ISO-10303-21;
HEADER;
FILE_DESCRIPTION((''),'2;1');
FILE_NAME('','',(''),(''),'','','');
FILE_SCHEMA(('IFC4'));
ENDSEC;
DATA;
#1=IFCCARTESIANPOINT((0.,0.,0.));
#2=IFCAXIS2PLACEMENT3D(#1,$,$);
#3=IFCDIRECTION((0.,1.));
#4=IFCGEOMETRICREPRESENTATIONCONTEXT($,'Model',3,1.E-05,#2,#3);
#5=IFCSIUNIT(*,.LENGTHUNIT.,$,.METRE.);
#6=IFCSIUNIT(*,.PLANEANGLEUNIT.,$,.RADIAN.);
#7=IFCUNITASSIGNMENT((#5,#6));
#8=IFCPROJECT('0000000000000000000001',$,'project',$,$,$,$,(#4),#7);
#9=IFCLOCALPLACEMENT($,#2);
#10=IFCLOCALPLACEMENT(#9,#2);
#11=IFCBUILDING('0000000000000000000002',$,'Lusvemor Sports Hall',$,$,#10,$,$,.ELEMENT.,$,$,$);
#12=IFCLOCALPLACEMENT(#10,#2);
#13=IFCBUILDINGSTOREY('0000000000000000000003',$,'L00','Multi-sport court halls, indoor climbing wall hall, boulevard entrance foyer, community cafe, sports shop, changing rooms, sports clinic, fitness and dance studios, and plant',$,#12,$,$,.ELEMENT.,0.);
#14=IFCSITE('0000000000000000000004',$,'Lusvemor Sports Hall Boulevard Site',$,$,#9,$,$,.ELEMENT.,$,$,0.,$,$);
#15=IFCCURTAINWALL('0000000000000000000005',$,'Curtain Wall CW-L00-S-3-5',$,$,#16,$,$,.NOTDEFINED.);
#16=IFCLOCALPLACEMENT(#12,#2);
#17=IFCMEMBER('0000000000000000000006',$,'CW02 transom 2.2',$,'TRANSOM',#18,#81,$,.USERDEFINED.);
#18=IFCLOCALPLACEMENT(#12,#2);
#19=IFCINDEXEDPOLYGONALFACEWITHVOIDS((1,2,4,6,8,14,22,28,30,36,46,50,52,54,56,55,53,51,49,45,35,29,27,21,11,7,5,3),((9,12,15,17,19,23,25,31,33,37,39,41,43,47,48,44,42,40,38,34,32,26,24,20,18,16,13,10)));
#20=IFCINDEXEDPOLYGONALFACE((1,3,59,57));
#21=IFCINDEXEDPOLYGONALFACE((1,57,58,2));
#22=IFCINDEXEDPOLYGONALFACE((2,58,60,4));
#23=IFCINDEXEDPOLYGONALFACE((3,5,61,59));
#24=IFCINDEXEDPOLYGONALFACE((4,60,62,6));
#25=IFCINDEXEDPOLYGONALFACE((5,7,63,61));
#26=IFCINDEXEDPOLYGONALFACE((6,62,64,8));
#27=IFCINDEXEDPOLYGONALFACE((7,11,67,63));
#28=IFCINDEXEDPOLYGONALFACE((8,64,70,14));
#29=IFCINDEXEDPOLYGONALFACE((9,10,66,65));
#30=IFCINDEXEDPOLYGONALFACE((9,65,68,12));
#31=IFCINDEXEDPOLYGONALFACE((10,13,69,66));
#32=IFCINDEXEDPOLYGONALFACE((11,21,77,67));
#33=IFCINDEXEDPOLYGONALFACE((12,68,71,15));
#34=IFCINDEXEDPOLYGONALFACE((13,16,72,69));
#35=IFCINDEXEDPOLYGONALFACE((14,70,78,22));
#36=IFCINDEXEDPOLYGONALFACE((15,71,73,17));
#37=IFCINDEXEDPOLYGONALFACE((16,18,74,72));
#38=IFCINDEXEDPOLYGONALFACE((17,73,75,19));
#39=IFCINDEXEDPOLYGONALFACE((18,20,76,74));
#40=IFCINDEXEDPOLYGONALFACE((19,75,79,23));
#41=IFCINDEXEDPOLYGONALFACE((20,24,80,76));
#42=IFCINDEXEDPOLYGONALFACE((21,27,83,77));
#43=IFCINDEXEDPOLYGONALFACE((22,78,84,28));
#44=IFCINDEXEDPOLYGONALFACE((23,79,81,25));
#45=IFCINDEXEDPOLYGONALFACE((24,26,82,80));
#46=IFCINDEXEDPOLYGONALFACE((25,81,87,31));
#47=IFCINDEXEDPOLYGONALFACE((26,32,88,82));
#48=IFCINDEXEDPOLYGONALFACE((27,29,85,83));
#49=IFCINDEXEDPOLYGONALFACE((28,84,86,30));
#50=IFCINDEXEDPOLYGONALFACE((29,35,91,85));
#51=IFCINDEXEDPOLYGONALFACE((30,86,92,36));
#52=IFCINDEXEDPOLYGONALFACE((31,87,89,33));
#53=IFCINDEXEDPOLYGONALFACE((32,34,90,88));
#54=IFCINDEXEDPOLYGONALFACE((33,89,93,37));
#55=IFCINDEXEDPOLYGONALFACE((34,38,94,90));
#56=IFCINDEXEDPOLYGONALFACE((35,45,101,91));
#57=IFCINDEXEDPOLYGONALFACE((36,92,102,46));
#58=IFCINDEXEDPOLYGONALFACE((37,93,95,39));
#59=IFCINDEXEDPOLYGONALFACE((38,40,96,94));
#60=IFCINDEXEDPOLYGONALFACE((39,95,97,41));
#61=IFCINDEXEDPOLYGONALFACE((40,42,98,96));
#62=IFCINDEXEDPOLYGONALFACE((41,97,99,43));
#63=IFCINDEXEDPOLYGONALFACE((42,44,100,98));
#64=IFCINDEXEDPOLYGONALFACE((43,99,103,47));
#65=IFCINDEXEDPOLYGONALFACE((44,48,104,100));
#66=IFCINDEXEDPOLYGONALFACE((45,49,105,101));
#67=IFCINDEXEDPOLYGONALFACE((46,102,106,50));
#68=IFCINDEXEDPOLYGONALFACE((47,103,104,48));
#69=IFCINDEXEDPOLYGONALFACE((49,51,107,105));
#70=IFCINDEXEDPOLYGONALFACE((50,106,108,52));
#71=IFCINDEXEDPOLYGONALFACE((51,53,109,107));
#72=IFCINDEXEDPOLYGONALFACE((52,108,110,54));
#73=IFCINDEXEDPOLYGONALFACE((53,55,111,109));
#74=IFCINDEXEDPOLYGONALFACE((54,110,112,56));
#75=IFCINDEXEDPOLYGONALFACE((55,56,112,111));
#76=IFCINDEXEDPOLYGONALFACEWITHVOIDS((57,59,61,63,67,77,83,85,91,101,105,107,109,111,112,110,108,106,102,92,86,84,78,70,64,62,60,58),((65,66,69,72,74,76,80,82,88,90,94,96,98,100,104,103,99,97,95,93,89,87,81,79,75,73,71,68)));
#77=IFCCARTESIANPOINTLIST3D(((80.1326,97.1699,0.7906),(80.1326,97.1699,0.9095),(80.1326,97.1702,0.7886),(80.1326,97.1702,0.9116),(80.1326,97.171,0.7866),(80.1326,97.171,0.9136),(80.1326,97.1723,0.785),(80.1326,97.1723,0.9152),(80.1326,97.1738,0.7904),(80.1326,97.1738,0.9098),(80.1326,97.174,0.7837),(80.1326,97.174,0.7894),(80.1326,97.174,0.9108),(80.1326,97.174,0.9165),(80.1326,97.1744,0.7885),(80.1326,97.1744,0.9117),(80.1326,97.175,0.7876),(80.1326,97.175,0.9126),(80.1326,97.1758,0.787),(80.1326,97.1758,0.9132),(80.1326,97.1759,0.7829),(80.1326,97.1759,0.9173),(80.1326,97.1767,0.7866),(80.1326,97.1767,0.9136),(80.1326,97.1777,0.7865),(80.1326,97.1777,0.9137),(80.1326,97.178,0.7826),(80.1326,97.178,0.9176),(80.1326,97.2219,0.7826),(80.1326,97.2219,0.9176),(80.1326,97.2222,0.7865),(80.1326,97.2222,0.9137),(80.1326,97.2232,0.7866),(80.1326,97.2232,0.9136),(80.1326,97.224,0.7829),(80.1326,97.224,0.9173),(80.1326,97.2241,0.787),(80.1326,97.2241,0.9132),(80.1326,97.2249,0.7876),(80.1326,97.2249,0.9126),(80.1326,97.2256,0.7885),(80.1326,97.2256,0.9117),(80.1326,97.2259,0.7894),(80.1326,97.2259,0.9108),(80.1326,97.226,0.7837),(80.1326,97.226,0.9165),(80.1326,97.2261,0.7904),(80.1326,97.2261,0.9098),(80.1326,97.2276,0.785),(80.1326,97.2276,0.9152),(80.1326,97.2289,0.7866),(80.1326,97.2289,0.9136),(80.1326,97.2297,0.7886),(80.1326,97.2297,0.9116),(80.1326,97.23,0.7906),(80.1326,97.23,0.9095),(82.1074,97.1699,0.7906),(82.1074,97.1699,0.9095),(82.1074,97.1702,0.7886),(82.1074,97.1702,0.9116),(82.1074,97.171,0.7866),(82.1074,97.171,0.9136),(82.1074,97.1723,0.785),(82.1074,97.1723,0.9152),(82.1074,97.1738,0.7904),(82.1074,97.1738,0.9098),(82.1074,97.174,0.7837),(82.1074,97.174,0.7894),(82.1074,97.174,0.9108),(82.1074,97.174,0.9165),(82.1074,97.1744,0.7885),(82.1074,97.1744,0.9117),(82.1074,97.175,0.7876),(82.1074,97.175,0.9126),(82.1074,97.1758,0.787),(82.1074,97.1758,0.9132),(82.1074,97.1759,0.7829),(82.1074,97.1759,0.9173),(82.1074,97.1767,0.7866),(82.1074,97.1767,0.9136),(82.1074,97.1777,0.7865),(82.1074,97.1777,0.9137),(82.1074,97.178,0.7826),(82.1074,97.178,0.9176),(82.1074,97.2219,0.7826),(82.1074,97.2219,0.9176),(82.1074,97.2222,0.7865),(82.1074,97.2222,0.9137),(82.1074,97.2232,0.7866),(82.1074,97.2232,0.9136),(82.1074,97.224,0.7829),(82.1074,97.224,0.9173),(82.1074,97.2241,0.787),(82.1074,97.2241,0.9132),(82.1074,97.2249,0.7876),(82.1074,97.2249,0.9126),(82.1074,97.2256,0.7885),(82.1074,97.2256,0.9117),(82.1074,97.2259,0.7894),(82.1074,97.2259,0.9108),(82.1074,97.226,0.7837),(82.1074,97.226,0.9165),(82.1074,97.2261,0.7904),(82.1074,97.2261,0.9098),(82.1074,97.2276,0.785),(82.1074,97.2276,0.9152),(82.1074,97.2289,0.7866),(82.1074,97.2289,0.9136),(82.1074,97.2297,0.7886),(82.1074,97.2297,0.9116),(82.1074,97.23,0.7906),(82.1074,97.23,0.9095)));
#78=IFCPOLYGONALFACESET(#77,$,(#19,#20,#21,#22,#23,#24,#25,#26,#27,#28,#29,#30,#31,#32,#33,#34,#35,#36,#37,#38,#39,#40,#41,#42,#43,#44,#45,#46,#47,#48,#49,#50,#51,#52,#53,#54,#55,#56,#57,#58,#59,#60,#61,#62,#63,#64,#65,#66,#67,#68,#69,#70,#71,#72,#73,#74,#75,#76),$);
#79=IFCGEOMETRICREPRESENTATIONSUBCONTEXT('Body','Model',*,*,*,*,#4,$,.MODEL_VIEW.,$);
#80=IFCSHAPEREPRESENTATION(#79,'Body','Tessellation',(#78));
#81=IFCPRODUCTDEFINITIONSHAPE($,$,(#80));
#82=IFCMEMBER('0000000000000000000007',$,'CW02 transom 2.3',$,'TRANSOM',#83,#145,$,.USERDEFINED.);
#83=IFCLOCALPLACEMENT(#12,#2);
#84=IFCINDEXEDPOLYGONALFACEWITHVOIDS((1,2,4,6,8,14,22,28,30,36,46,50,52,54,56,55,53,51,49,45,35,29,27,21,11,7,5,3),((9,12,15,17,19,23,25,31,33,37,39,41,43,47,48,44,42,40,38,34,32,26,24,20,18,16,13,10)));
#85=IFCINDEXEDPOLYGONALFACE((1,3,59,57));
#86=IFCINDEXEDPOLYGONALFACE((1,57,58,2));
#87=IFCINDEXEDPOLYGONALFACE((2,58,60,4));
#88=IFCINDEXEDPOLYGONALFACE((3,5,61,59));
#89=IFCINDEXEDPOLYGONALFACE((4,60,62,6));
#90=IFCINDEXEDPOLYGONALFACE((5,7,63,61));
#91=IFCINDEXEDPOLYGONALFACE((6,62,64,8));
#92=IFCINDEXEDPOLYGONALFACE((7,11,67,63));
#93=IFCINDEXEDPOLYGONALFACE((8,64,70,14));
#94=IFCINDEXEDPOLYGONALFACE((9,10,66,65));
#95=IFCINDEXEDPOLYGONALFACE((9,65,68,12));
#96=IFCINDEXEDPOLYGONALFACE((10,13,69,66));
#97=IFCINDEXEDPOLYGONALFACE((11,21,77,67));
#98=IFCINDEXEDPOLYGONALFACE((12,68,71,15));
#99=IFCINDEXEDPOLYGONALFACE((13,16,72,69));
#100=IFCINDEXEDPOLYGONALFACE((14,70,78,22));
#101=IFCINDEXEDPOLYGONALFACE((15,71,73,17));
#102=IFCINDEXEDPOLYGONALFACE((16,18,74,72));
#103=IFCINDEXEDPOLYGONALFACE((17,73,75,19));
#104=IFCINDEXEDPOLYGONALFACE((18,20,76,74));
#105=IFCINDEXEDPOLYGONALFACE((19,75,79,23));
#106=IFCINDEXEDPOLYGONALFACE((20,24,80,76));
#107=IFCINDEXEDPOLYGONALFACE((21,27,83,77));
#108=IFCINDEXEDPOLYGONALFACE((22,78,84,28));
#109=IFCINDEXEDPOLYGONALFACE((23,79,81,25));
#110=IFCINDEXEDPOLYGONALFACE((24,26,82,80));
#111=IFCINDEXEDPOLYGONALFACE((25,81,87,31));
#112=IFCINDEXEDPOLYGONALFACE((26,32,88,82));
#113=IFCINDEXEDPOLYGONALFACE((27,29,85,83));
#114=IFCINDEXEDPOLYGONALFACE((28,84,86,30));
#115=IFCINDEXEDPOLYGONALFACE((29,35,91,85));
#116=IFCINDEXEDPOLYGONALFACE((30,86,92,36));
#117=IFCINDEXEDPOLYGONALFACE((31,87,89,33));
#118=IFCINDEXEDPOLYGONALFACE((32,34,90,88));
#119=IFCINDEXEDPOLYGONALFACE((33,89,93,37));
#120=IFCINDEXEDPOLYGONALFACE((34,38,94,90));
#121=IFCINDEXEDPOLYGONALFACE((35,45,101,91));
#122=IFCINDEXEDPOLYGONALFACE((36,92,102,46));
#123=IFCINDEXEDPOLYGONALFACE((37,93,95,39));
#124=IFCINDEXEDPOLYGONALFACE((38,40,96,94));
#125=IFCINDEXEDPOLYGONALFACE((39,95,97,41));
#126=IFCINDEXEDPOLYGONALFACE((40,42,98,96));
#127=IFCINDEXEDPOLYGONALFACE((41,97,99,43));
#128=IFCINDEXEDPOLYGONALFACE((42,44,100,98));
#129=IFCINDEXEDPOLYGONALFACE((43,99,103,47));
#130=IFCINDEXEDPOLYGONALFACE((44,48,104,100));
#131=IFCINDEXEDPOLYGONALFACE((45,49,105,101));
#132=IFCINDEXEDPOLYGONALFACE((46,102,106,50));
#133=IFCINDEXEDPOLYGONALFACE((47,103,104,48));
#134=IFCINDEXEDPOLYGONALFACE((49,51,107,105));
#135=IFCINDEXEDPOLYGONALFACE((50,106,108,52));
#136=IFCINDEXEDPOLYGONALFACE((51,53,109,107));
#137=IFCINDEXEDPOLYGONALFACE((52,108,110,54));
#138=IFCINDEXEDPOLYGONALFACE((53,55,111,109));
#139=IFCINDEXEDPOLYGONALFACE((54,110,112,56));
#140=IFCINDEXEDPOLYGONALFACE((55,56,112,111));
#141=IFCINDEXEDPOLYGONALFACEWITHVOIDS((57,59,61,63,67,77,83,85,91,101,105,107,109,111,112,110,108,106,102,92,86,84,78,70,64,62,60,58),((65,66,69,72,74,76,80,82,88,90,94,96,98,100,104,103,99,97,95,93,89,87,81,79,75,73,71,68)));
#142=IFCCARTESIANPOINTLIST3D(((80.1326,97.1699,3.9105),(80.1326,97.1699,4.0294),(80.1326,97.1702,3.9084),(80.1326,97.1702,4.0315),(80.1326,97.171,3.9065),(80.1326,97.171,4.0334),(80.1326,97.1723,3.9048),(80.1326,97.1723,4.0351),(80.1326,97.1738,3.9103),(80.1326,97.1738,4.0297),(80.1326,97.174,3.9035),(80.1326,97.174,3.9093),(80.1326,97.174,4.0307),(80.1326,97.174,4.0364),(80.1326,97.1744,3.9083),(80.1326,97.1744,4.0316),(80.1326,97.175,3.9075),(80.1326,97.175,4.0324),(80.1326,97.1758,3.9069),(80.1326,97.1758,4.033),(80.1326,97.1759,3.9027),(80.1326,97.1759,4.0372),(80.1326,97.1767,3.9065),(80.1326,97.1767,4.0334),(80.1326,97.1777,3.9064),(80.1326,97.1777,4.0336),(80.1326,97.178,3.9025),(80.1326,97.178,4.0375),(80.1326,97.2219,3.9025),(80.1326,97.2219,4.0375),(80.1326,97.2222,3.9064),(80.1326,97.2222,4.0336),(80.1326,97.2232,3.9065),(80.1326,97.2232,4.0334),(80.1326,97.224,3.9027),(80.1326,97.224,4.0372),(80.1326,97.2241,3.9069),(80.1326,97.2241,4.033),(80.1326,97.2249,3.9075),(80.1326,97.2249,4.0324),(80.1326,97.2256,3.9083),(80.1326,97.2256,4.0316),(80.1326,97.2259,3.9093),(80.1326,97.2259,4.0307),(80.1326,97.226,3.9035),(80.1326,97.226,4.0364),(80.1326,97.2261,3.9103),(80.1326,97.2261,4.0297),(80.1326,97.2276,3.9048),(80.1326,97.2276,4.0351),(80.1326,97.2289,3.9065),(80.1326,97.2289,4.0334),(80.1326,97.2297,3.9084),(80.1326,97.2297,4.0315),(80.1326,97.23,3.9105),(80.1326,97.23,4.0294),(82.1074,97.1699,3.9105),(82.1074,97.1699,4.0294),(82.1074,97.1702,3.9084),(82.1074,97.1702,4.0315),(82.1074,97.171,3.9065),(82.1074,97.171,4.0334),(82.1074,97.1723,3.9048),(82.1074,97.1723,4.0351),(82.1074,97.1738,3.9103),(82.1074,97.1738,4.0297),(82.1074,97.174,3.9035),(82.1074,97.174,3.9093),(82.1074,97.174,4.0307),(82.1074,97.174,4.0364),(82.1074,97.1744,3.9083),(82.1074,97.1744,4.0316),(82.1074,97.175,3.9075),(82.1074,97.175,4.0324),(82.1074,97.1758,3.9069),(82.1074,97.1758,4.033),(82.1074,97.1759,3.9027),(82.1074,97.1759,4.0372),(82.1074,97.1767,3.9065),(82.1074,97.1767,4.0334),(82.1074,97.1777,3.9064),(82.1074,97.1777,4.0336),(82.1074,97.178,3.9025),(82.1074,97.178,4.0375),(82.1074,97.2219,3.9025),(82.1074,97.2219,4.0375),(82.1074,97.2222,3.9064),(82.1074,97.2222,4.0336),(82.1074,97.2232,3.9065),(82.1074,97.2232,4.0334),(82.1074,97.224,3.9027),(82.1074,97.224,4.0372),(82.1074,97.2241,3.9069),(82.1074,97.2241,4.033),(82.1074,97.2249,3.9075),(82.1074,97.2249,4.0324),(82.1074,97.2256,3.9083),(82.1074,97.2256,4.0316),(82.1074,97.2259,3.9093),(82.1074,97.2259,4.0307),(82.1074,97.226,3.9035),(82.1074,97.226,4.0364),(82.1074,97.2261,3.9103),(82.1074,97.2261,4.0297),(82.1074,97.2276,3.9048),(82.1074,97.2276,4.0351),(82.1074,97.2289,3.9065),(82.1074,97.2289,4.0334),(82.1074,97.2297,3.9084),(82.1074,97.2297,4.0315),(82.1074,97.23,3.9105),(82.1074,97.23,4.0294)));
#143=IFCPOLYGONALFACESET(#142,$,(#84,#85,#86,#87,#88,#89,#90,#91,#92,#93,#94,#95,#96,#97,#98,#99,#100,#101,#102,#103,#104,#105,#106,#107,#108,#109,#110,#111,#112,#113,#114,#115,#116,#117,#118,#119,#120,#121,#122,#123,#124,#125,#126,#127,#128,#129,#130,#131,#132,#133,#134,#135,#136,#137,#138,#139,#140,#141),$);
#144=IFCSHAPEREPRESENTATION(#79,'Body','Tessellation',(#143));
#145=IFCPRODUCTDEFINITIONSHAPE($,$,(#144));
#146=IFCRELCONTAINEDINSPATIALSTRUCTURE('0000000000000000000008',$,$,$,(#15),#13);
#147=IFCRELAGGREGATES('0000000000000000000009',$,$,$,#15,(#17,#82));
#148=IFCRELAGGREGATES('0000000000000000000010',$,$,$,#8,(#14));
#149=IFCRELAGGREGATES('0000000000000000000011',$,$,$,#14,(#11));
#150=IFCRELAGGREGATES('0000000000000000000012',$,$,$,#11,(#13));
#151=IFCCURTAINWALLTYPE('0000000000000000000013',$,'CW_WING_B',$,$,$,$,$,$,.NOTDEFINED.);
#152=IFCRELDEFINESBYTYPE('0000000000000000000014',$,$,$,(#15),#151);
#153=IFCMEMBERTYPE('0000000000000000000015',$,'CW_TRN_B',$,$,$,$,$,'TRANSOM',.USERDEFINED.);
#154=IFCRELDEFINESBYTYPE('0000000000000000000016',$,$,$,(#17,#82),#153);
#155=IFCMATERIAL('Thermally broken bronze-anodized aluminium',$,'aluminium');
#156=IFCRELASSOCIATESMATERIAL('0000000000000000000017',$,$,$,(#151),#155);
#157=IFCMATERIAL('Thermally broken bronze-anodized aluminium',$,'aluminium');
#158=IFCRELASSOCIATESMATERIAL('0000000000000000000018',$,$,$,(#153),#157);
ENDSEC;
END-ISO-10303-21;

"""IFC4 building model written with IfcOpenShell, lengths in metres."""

from ifc_helpers import new_model, si_unit, direction, frame, origin, origin_2d, place, context, subcontext, project, spatial, hollow_rectangle, extrude, material, material_profile, profile_set, type_object, element, aggregate, save


model = new_model("IFC4")

# Units and contexts
model_context = context("Model", 3, precision=1e-05, world=origin(), true_north=direction((0.0, 1.0)))
body_context = subcontext(model_context, "Body", "Model", "MODEL_VIEW")
ifc_project = project(units=[si_unit("LENGTHUNIT", "METRE"), si_unit("PLANEANGLEUNIT", "RADIAN")], contexts=[model_context])

# Site, building, storey
site_placement = place(None, origin())
site = spatial("IfcSite", under=ifc_project, at=site_placement, Name="Lusvemor Sports Hall Boulevard Site", CompositionType="ELEMENT", RefElevation=0.0)
building_placement = place(site_placement, origin())
building = spatial("IfcBuilding", under=site, at=building_placement, Name="Lusvemor Sports Hall", CompositionType="ELEMENT")
storey_placement = place(building_placement, origin())
storey = spatial("IfcBuildingStorey", under=building, at=storey_placement, Name="L00", Description="Multi-sport court halls, indoor climbing wall hall, boulevard entrance foyer, community cafe, sports shop, changing rooms, sports clinic, fitness and dance studios, and plant", CompositionType="ELEMENT", Elevation=0.0)

# Curtain wall, members
ifc_material_1 = material(Name="Thermally broken bronze-anodized aluminium", Category="aluminium")
curtain_wall_type = type_object("IfcCurtainWallType", Name="CW_WING_B", PredefinedType="NOTDEFINED", material=ifc_material_1)
curtain_wall_placement = place(storey_placement, origin())
curtain_wall = element("IfcCurtainWall", 1, at=curtain_wall_placement, inside=storey, type_object=curtain_wall_type, Name="Curtain Wall CW-L00-S-3-5", PredefinedType="NOTDEFINED")
ifc_material_2 = material(Name="Thermally broken bronze-anodized aluminium", Category="aluminium")
ifc_material_profile_1 = material_profile(ifc_material_2, hollow_rectangle(XDim=0.0601, YDim=0.135, WallThickness=0.0039, InnerFilletRadius=0.0039, OuterFilletRadius=0.0081, at=origin_2d()), Name="CWTRN135x60x4")
ifc_profile_set_1 = profile_set([ifc_material_profile_1], Name="Thermally broken bronze-anodized aluminium")
member_type_1 = type_object("IfcMemberType", Name="CW_TRN_B", ElementType="TRANSOM", PredefinedType="USERDEFINED", material=ifc_profile_set_1)
member_1_placement = place(storey_placement, frame((82.1074, 97.2, 0.8501), z_axis=(-1.0, 0.0, 0.0), x_axis=(0.0, -1.0, 0.0)))
member_1 = element("IfcMember", 2, at=member_1_placement, type_object=member_type_1, Name="CW02 transom 2.2", ObjectType="TRANSOM", PredefinedType="USERDEFINED", context=body_context, shape_type="SweptSolid", body=[
    extrude(hollow_rectangle(XDim=0.0601, YDim=0.135, WallThickness=0.0039, InnerFilletRadius=0.0039, OuterFilletRadius=0.0081, at=origin_2d()), origin(), (0.0, 0.0, 1.0), 1.9749),
])
member_2_placement = place(storey_placement, frame((82.1074, 97.2, 3.97), z_axis=(-1.0, 0.0, 0.0), x_axis=(0.0, -1.0, 0.0)))
member_2 = element("IfcMember", 3, at=member_2_placement, type_object=member_type_1, Name="CW02 transom 2.3", ObjectType="TRANSOM", PredefinedType="USERDEFINED", context=body_context, shape_type="SweptSolid", body=[
    extrude(hollow_rectangle(XDim=0.0601, YDim=0.135, WallThickness=0.0039, InnerFilletRadius=0.0039, OuterFilletRadius=0.0081, at=origin_2d()), origin(), (0.0, 0.0, 1.0), 1.9749),
])
aggregate(curtain_wall, [member_1, member_2])

save(model, "model.ifc")
